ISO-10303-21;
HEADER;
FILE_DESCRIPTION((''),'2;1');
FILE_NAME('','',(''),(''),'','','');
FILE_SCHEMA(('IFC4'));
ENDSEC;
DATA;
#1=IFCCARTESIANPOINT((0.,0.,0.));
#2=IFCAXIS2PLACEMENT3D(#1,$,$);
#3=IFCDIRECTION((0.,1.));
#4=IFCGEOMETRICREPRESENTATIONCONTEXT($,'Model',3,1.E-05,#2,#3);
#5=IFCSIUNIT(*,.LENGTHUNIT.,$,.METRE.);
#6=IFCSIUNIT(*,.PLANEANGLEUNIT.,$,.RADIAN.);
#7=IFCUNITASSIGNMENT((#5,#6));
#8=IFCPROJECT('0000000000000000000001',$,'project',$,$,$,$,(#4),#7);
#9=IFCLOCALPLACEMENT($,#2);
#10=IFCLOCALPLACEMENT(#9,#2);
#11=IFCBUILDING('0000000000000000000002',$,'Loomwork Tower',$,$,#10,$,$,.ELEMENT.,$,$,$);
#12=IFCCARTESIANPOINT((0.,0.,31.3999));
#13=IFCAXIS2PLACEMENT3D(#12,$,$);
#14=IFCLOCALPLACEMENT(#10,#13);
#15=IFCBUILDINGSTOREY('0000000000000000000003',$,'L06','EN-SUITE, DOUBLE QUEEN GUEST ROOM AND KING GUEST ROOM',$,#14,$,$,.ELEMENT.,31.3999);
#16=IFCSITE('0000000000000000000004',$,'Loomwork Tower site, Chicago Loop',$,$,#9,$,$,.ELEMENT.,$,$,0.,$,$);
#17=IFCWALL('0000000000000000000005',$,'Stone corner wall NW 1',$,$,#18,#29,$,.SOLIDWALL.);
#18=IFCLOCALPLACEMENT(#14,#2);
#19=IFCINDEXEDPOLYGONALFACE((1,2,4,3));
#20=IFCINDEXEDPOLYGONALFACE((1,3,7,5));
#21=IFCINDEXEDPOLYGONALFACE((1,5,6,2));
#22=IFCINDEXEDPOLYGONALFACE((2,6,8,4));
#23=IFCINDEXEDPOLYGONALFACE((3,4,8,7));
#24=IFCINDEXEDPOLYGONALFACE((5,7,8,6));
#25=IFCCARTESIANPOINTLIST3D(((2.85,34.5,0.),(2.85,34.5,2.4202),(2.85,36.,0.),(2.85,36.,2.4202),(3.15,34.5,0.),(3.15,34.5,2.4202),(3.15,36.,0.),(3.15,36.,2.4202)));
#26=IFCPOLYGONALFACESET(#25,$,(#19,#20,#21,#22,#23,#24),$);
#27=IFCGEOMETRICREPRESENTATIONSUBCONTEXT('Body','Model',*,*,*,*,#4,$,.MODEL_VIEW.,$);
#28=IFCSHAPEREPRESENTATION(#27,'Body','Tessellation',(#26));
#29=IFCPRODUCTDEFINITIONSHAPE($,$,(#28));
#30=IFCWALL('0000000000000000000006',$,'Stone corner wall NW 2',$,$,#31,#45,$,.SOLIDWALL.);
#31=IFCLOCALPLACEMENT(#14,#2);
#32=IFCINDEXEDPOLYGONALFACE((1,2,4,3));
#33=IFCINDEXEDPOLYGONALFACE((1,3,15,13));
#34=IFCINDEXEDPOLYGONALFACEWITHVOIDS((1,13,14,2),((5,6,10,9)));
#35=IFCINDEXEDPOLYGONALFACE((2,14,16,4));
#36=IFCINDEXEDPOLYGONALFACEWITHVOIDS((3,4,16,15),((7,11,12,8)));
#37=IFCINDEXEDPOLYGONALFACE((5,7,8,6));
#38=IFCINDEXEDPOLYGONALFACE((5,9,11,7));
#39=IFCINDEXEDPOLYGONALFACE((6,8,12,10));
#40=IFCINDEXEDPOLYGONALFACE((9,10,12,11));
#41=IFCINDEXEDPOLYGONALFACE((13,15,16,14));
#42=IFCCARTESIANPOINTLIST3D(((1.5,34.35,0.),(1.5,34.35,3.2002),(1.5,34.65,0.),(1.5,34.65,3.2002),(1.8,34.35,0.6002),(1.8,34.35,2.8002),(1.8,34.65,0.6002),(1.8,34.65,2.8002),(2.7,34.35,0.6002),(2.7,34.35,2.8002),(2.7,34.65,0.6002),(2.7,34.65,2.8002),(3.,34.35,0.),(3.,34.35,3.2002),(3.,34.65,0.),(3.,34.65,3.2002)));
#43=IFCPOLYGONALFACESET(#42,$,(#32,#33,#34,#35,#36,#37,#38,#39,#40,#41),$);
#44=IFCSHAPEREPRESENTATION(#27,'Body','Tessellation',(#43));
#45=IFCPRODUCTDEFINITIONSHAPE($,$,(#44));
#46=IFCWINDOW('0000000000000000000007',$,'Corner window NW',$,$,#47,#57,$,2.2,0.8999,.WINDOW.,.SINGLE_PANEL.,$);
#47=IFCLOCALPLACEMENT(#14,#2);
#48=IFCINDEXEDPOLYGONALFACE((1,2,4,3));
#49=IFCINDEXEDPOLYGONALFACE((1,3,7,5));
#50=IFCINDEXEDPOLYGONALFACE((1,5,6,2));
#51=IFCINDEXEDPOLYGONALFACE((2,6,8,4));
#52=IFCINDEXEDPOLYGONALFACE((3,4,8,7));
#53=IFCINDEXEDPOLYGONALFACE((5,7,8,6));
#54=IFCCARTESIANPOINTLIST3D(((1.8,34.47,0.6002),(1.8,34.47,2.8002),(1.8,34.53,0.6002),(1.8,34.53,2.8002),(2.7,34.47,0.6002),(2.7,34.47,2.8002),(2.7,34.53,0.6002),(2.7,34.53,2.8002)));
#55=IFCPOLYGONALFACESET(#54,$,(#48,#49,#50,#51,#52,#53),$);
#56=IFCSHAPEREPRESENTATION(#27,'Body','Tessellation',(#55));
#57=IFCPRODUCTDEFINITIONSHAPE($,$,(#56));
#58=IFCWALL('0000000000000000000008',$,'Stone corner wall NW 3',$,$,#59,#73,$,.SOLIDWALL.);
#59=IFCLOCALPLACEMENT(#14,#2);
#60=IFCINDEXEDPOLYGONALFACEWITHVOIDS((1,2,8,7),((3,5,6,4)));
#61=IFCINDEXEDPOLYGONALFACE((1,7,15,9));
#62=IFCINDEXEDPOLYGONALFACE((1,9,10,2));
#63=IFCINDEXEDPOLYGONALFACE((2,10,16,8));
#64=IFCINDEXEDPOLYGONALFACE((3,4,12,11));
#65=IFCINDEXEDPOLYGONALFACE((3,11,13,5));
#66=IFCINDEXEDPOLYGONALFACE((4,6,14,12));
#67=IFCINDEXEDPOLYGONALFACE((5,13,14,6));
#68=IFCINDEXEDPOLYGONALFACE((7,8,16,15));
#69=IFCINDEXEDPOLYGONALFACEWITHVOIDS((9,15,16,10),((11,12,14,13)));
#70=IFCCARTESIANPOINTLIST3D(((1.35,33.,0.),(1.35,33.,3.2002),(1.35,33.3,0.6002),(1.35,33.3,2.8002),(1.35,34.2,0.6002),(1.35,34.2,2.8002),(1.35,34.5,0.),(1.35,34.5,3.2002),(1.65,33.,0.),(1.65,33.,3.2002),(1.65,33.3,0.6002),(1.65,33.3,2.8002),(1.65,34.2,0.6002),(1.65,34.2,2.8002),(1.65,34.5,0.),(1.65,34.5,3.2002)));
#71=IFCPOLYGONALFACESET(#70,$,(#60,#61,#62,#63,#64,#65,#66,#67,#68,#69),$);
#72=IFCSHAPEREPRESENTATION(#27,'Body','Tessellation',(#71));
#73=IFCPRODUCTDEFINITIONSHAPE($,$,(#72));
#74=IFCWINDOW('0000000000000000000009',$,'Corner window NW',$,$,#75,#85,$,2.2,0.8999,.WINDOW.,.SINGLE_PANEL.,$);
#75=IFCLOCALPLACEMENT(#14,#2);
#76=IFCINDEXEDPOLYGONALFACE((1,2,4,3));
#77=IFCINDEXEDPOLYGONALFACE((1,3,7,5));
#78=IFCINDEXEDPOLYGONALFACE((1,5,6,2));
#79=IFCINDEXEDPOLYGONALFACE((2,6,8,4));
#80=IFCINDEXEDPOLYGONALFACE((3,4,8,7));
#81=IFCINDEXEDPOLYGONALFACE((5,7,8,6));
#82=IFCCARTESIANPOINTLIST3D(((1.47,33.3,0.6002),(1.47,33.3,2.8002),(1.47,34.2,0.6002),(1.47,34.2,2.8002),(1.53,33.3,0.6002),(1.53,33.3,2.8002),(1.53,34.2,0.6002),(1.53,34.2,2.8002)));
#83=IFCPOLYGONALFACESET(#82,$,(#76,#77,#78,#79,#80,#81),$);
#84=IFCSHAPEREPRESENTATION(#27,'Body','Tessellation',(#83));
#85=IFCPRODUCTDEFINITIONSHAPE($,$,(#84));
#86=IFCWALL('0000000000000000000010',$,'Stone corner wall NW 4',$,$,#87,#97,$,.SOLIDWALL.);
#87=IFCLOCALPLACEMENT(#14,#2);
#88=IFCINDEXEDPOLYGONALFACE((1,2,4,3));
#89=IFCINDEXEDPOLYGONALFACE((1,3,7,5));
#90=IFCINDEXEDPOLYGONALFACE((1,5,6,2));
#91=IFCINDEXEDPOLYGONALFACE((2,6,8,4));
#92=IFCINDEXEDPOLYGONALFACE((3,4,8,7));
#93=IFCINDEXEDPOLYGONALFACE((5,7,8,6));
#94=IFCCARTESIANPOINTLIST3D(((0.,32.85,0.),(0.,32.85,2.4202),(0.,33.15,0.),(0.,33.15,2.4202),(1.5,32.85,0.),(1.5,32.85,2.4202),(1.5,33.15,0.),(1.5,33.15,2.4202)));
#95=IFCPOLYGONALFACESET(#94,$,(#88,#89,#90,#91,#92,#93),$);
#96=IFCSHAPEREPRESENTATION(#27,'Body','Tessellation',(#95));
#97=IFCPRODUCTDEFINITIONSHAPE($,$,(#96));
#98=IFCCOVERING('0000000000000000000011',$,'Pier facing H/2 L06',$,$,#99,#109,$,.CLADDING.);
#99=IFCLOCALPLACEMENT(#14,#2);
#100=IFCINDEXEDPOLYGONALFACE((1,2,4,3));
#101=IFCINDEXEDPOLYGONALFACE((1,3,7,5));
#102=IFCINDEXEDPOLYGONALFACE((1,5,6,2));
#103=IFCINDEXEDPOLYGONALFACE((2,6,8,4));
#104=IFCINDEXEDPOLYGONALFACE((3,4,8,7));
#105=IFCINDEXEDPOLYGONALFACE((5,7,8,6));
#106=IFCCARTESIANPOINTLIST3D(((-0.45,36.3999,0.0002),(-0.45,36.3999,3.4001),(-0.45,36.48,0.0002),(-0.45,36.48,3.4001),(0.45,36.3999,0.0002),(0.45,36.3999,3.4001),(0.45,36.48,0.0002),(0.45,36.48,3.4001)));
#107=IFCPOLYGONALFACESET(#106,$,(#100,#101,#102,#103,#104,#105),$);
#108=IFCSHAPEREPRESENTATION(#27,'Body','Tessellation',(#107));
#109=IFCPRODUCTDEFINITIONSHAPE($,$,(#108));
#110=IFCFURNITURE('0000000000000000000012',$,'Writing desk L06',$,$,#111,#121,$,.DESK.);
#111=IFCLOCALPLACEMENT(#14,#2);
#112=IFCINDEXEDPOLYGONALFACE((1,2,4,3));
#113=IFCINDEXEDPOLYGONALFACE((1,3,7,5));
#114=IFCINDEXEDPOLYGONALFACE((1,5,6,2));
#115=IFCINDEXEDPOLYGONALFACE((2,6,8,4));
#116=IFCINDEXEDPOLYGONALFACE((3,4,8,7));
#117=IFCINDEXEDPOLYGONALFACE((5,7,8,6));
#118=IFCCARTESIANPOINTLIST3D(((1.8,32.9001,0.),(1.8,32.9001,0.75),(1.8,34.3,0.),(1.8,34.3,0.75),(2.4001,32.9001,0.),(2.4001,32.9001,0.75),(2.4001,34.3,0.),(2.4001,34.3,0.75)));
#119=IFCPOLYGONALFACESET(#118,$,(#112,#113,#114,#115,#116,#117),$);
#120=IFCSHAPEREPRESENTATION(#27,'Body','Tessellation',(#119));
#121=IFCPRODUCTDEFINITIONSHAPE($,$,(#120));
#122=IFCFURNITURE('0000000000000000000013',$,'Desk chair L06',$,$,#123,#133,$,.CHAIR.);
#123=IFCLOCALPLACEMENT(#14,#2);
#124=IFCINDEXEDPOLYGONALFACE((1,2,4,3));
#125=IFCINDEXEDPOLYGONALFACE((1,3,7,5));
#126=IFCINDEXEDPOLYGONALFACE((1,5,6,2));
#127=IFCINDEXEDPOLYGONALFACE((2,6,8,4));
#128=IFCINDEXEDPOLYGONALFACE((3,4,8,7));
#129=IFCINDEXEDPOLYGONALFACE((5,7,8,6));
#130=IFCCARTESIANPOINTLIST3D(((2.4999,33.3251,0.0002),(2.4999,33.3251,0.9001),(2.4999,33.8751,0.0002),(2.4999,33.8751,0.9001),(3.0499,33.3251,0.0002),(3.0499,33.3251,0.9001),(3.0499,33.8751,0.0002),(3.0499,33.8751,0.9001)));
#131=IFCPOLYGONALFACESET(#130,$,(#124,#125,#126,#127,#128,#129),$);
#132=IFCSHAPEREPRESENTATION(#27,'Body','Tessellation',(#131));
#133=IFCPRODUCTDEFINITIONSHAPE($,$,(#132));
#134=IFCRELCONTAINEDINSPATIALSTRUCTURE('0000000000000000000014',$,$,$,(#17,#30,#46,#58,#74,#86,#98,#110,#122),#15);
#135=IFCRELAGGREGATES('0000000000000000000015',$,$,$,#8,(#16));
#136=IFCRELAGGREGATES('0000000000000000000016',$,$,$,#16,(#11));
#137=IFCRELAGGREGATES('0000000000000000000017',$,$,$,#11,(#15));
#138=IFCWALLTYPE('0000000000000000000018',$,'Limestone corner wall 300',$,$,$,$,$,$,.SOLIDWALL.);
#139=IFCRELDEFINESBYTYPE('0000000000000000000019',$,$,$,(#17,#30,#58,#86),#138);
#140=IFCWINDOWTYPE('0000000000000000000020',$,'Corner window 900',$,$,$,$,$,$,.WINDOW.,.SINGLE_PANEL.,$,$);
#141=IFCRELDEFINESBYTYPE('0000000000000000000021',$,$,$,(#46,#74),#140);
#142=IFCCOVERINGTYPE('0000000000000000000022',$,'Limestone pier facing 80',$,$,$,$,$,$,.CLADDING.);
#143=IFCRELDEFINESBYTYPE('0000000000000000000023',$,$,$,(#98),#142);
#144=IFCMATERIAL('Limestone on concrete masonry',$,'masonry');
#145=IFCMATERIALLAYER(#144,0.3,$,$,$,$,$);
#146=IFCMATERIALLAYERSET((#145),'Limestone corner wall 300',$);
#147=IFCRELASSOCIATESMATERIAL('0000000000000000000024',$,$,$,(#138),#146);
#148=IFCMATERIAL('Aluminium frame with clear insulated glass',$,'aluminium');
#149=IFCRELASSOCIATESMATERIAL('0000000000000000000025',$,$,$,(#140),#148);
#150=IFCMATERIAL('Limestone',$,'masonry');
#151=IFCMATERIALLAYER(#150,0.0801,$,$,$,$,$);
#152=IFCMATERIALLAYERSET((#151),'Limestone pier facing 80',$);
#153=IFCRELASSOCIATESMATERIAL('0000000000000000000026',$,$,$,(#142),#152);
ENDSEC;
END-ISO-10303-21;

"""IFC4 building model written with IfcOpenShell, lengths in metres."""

from ifc_helpers import new_model, si_unit, direction, frame, frame_2d, origin, origin_2d, place, context, subcontext, project, spatial, rectangle, extrude, material, layer, layer_set, type_object, element, fill, save


model = new_model("IFC4")

# Units and contexts
model_context = context("Model", 3, precision=1e-05, world=origin(), true_north=direction((0.0, 1.0)))
body_context = subcontext(model_context, "Body", "Model", "MODEL_VIEW")
ifc_project = project(units=[si_unit("LENGTHUNIT", "METRE"), si_unit("PLANEANGLEUNIT", "RADIAN")], contexts=[model_context])

# Site, building, storey
site_placement = place(None, origin())
site = spatial("IfcSite", under=ifc_project, at=site_placement, Name="Loomwork Tower site, Chicago Loop", CompositionType="ELEMENT", RefElevation=0.0)
building_placement = place(site_placement, origin())
building = spatial("IfcBuilding", under=site, at=building_placement, Name="Loomwork Tower", CompositionType="ELEMENT")
storey_placement = place(building_placement, frame((0.0, 0.0, 31.3999)))
storey = spatial("IfcBuildingStorey", under=building, at=storey_placement, Name="L06", Description="EN-SUITE, DOUBLE QUEEN GUEST ROOM AND KING GUEST ROOM", CompositionType="ELEMENT", Elevation=31.3999)

# Wall
ifc_material_1 = material(Name="Limestone on concrete masonry", Category="masonry")
ifc_layer_1 = layer(ifc_material_1, 0.3)
ifc_layer_set_1 = layer_set([ifc_layer_1], Name="Limestone corner wall 300")
wall_type_1 = type_object("IfcWallType", Name="Limestone corner wall 300", PredefinedType="SOLIDWALL", material=ifc_layer_set_1)
wall_1_placement = place(storey_placement, frame((3.0, 36.0, 0.0), z_axis=(0.0, 0.0, 1.0), x_axis=(0.0, -1.0, 0.0)))
element("IfcWall", 1, at=wall_1_placement, inside=storey, type_object=wall_type_1, Name="Stone corner wall NW 1", PredefinedType="SOLIDWALL", context=body_context, shape_type="SweptSolid", body=[
    extrude(rectangle(XDim=1.5, YDim=0.3, at=frame_2d((0.75, 0.0))), origin(), (0.0, 0.0, 1.0), 2.4202),
])

# Walls, openings, windows
wall_2_placement = place(storey_placement, frame((3.0, 34.5, 0.0), z_axis=(0.0, 0.0, 1.0), x_axis=(-1.0, 0.0, 0.0)))
wall_2 = element("IfcWall", 2, at=wall_2_placement, inside=storey, type_object=wall_type_1, Name="Stone corner wall NW 2", PredefinedType="SOLIDWALL", context=body_context, shape_type="SweptSolid", body=[
    extrude(rectangle(XDim=1.5, YDim=0.3, at=frame_2d((0.75, 0.0))), origin(), (0.0, 0.0, 1.0), 3.2002),
])
opening_1_placement = place(wall_2_placement, frame((0.3, 0.0, 0.6001)))
opening_1 = element("IfcOpeningElement", 3, at=opening_1_placement, cuts=wall_2, PredefinedType="OPENING", context=body_context, shape_type="SweptSolid", body=[
    extrude(rectangle(XDim=0.8999, YDim=2.2, at=frame_2d((0.45, 1.1001))), frame((0.0, 0.1599, 0.0), z_axis=(0.0, -1.0, 0.0), x_axis=(1.0, 0.0, 0.0)), (0.0, 0.0, 1.0), 0.3201),
])
ifc_material_2 = material(Name="Aluminium frame with clear insulated glass", Category="aluminium")
window_type_1 = type_object("IfcWindowType", Name="Corner window 900", PartitioningType="SINGLE_PANEL", PredefinedType="WINDOW", material=ifc_material_2)
window_1_placement = place(opening_1_placement, origin())
window_1 = element("IfcWindow", 4, at=window_1_placement, inside=storey, type_object=window_type_1, Name="Corner window NW", OverallHeight=2.2, OverallWidth=0.8999, PartitioningType="SINGLE_PANEL", PredefinedType="WINDOW", context=body_context, shape_type="SweptSolid", body=[
    extrude(rectangle(XDim=0.8999, YDim=2.2, at=frame_2d((0.45, 1.1001))), frame((0.0, 0.03, 0.0), z_axis=(0.0, -1.0, 0.0), x_axis=(1.0, 0.0, 0.0)), (0.0, 0.0, 1.0), 0.0601),
])
fill(opening_1, window_1)
wall_3_placement = place(storey_placement, frame((1.5, 34.5, 0.0), z_axis=(0.0, 0.0, 1.0), x_axis=(0.0, -1.0, 0.0)))
wall_3 = element("IfcWall", 5, at=wall_3_placement, inside=storey, type_object=wall_type_1, Name="Stone corner wall NW 3", PredefinedType="SOLIDWALL", context=body_context, shape_type="SweptSolid", body=[
    extrude(rectangle(XDim=1.5, YDim=0.3, at=frame_2d((0.75, 0.0))), origin(), (0.0, 0.0, 1.0), 3.2002),
])
opening_2_placement = place(wall_3_placement, frame((0.3, 0.0, 0.6001)))
opening_2 = element("IfcOpeningElement", 6, at=opening_2_placement, cuts=wall_3, PredefinedType="OPENING", context=body_context, shape_type="SweptSolid", body=[
    extrude(rectangle(XDim=0.8999, YDim=2.2, at=frame_2d((0.45, 1.1001))), frame((0.0, 0.1599, 0.0), z_axis=(0.0, -1.0, 0.0), x_axis=(1.0, 0.0, 0.0)), (0.0, 0.0, 1.0), 0.3201),
])
window_2_placement = place(opening_2_placement, origin())
window_2 = element("IfcWindow", 7, at=window_2_placement, inside=storey, type_object=window_type_1, Name="Corner window NW", OverallHeight=2.2, OverallWidth=0.8999, PartitioningType="SINGLE_PANEL", PredefinedType="WINDOW", context=body_context, shape_type="SweptSolid", body=[
    extrude(rectangle(XDim=0.8999, YDim=2.2, at=frame_2d((0.45, 1.1001))), frame((0.0, 0.03, 0.0), z_axis=(0.0, -1.0, 0.0), x_axis=(1.0, 0.0, 0.0)), (0.0, 0.0, 1.0), 0.0601),
])
fill(opening_2, window_2)

# Wall
wall_4_placement = place(storey_placement, frame((1.5, 33.0, 0.0), z_axis=(0.0, 0.0, 1.0), x_axis=(-1.0, 0.0, 0.0)))
element("IfcWall", 8, at=wall_4_placement, inside=storey, type_object=wall_type_1, Name="Stone corner wall NW 4", PredefinedType="SOLIDWALL", context=body_context, shape_type="SweptSolid", body=[
    extrude(rectangle(XDim=1.5, YDim=0.3, at=frame_2d((0.75, 0.0))), origin(), (0.0, 0.0, 1.0), 2.4202),
])

# Covering
ifc_material_3 = material(Name="Limestone", Category="masonry")
ifc_layer_2 = layer(ifc_material_3, 0.0801)
ifc_layer_set_2 = layer_set([ifc_layer_2], Name="Limestone pier facing 80")
covering_type = type_object("IfcCoveringType", Name="Limestone pier facing 80", PredefinedType="CLADDING", material=ifc_layer_set_2)
covering_placement = place(storey_placement, frame((0.0, 36.4399, 0.0002), z_axis=(0.0, 0.0, 1.0), x_axis=(1.0, 0.0, 0.0)))
element("IfcCovering", 9, at=covering_placement, inside=storey, type_object=covering_type, Name="Pier facing H/2 L06", PredefinedType="CLADDING", context=body_context, shape_type="SweptSolid", body=[
    extrude(rectangle(XDim=0.8999, YDim=0.0801, at=origin_2d()), origin(), (0.0, 0.0, 1.0), 3.3999),
])

# Furniture
furniture_1_placement = place(storey_placement, frame((2.1001, 33.6001, 0.0), z_axis=(0.0, 0.0, 1.0), x_axis=(1.0, 0.0, 0.0)))
element("IfcFurniture", 10, at=furniture_1_placement, inside=storey, Name="Writing desk L06", PredefinedType="DESK", context=body_context, shape_type="SweptSolid", body=[
    extrude(rectangle(XDim=0.6001, YDim=1.3999, at=origin_2d()), origin(), (0.0, 0.0, 1.0), 0.75),
])
furniture_2_placement = place(storey_placement, frame((2.7749, 33.6001, 0.0002), z_axis=(0.0, 0.0, 1.0), x_axis=(1.0, 0.0, 0.0)))
element("IfcFurniture", 11, at=furniture_2_placement, inside=storey, Name="Desk chair L06", PredefinedType="CHAIR", context=body_context, shape_type="SweptSolid", body=[
    extrude(rectangle(XDim=0.55, YDim=0.55, at=origin_2d()), origin(), (0.0, 0.0, 1.0), 0.8999),
])

save(model, "model.ifc")
